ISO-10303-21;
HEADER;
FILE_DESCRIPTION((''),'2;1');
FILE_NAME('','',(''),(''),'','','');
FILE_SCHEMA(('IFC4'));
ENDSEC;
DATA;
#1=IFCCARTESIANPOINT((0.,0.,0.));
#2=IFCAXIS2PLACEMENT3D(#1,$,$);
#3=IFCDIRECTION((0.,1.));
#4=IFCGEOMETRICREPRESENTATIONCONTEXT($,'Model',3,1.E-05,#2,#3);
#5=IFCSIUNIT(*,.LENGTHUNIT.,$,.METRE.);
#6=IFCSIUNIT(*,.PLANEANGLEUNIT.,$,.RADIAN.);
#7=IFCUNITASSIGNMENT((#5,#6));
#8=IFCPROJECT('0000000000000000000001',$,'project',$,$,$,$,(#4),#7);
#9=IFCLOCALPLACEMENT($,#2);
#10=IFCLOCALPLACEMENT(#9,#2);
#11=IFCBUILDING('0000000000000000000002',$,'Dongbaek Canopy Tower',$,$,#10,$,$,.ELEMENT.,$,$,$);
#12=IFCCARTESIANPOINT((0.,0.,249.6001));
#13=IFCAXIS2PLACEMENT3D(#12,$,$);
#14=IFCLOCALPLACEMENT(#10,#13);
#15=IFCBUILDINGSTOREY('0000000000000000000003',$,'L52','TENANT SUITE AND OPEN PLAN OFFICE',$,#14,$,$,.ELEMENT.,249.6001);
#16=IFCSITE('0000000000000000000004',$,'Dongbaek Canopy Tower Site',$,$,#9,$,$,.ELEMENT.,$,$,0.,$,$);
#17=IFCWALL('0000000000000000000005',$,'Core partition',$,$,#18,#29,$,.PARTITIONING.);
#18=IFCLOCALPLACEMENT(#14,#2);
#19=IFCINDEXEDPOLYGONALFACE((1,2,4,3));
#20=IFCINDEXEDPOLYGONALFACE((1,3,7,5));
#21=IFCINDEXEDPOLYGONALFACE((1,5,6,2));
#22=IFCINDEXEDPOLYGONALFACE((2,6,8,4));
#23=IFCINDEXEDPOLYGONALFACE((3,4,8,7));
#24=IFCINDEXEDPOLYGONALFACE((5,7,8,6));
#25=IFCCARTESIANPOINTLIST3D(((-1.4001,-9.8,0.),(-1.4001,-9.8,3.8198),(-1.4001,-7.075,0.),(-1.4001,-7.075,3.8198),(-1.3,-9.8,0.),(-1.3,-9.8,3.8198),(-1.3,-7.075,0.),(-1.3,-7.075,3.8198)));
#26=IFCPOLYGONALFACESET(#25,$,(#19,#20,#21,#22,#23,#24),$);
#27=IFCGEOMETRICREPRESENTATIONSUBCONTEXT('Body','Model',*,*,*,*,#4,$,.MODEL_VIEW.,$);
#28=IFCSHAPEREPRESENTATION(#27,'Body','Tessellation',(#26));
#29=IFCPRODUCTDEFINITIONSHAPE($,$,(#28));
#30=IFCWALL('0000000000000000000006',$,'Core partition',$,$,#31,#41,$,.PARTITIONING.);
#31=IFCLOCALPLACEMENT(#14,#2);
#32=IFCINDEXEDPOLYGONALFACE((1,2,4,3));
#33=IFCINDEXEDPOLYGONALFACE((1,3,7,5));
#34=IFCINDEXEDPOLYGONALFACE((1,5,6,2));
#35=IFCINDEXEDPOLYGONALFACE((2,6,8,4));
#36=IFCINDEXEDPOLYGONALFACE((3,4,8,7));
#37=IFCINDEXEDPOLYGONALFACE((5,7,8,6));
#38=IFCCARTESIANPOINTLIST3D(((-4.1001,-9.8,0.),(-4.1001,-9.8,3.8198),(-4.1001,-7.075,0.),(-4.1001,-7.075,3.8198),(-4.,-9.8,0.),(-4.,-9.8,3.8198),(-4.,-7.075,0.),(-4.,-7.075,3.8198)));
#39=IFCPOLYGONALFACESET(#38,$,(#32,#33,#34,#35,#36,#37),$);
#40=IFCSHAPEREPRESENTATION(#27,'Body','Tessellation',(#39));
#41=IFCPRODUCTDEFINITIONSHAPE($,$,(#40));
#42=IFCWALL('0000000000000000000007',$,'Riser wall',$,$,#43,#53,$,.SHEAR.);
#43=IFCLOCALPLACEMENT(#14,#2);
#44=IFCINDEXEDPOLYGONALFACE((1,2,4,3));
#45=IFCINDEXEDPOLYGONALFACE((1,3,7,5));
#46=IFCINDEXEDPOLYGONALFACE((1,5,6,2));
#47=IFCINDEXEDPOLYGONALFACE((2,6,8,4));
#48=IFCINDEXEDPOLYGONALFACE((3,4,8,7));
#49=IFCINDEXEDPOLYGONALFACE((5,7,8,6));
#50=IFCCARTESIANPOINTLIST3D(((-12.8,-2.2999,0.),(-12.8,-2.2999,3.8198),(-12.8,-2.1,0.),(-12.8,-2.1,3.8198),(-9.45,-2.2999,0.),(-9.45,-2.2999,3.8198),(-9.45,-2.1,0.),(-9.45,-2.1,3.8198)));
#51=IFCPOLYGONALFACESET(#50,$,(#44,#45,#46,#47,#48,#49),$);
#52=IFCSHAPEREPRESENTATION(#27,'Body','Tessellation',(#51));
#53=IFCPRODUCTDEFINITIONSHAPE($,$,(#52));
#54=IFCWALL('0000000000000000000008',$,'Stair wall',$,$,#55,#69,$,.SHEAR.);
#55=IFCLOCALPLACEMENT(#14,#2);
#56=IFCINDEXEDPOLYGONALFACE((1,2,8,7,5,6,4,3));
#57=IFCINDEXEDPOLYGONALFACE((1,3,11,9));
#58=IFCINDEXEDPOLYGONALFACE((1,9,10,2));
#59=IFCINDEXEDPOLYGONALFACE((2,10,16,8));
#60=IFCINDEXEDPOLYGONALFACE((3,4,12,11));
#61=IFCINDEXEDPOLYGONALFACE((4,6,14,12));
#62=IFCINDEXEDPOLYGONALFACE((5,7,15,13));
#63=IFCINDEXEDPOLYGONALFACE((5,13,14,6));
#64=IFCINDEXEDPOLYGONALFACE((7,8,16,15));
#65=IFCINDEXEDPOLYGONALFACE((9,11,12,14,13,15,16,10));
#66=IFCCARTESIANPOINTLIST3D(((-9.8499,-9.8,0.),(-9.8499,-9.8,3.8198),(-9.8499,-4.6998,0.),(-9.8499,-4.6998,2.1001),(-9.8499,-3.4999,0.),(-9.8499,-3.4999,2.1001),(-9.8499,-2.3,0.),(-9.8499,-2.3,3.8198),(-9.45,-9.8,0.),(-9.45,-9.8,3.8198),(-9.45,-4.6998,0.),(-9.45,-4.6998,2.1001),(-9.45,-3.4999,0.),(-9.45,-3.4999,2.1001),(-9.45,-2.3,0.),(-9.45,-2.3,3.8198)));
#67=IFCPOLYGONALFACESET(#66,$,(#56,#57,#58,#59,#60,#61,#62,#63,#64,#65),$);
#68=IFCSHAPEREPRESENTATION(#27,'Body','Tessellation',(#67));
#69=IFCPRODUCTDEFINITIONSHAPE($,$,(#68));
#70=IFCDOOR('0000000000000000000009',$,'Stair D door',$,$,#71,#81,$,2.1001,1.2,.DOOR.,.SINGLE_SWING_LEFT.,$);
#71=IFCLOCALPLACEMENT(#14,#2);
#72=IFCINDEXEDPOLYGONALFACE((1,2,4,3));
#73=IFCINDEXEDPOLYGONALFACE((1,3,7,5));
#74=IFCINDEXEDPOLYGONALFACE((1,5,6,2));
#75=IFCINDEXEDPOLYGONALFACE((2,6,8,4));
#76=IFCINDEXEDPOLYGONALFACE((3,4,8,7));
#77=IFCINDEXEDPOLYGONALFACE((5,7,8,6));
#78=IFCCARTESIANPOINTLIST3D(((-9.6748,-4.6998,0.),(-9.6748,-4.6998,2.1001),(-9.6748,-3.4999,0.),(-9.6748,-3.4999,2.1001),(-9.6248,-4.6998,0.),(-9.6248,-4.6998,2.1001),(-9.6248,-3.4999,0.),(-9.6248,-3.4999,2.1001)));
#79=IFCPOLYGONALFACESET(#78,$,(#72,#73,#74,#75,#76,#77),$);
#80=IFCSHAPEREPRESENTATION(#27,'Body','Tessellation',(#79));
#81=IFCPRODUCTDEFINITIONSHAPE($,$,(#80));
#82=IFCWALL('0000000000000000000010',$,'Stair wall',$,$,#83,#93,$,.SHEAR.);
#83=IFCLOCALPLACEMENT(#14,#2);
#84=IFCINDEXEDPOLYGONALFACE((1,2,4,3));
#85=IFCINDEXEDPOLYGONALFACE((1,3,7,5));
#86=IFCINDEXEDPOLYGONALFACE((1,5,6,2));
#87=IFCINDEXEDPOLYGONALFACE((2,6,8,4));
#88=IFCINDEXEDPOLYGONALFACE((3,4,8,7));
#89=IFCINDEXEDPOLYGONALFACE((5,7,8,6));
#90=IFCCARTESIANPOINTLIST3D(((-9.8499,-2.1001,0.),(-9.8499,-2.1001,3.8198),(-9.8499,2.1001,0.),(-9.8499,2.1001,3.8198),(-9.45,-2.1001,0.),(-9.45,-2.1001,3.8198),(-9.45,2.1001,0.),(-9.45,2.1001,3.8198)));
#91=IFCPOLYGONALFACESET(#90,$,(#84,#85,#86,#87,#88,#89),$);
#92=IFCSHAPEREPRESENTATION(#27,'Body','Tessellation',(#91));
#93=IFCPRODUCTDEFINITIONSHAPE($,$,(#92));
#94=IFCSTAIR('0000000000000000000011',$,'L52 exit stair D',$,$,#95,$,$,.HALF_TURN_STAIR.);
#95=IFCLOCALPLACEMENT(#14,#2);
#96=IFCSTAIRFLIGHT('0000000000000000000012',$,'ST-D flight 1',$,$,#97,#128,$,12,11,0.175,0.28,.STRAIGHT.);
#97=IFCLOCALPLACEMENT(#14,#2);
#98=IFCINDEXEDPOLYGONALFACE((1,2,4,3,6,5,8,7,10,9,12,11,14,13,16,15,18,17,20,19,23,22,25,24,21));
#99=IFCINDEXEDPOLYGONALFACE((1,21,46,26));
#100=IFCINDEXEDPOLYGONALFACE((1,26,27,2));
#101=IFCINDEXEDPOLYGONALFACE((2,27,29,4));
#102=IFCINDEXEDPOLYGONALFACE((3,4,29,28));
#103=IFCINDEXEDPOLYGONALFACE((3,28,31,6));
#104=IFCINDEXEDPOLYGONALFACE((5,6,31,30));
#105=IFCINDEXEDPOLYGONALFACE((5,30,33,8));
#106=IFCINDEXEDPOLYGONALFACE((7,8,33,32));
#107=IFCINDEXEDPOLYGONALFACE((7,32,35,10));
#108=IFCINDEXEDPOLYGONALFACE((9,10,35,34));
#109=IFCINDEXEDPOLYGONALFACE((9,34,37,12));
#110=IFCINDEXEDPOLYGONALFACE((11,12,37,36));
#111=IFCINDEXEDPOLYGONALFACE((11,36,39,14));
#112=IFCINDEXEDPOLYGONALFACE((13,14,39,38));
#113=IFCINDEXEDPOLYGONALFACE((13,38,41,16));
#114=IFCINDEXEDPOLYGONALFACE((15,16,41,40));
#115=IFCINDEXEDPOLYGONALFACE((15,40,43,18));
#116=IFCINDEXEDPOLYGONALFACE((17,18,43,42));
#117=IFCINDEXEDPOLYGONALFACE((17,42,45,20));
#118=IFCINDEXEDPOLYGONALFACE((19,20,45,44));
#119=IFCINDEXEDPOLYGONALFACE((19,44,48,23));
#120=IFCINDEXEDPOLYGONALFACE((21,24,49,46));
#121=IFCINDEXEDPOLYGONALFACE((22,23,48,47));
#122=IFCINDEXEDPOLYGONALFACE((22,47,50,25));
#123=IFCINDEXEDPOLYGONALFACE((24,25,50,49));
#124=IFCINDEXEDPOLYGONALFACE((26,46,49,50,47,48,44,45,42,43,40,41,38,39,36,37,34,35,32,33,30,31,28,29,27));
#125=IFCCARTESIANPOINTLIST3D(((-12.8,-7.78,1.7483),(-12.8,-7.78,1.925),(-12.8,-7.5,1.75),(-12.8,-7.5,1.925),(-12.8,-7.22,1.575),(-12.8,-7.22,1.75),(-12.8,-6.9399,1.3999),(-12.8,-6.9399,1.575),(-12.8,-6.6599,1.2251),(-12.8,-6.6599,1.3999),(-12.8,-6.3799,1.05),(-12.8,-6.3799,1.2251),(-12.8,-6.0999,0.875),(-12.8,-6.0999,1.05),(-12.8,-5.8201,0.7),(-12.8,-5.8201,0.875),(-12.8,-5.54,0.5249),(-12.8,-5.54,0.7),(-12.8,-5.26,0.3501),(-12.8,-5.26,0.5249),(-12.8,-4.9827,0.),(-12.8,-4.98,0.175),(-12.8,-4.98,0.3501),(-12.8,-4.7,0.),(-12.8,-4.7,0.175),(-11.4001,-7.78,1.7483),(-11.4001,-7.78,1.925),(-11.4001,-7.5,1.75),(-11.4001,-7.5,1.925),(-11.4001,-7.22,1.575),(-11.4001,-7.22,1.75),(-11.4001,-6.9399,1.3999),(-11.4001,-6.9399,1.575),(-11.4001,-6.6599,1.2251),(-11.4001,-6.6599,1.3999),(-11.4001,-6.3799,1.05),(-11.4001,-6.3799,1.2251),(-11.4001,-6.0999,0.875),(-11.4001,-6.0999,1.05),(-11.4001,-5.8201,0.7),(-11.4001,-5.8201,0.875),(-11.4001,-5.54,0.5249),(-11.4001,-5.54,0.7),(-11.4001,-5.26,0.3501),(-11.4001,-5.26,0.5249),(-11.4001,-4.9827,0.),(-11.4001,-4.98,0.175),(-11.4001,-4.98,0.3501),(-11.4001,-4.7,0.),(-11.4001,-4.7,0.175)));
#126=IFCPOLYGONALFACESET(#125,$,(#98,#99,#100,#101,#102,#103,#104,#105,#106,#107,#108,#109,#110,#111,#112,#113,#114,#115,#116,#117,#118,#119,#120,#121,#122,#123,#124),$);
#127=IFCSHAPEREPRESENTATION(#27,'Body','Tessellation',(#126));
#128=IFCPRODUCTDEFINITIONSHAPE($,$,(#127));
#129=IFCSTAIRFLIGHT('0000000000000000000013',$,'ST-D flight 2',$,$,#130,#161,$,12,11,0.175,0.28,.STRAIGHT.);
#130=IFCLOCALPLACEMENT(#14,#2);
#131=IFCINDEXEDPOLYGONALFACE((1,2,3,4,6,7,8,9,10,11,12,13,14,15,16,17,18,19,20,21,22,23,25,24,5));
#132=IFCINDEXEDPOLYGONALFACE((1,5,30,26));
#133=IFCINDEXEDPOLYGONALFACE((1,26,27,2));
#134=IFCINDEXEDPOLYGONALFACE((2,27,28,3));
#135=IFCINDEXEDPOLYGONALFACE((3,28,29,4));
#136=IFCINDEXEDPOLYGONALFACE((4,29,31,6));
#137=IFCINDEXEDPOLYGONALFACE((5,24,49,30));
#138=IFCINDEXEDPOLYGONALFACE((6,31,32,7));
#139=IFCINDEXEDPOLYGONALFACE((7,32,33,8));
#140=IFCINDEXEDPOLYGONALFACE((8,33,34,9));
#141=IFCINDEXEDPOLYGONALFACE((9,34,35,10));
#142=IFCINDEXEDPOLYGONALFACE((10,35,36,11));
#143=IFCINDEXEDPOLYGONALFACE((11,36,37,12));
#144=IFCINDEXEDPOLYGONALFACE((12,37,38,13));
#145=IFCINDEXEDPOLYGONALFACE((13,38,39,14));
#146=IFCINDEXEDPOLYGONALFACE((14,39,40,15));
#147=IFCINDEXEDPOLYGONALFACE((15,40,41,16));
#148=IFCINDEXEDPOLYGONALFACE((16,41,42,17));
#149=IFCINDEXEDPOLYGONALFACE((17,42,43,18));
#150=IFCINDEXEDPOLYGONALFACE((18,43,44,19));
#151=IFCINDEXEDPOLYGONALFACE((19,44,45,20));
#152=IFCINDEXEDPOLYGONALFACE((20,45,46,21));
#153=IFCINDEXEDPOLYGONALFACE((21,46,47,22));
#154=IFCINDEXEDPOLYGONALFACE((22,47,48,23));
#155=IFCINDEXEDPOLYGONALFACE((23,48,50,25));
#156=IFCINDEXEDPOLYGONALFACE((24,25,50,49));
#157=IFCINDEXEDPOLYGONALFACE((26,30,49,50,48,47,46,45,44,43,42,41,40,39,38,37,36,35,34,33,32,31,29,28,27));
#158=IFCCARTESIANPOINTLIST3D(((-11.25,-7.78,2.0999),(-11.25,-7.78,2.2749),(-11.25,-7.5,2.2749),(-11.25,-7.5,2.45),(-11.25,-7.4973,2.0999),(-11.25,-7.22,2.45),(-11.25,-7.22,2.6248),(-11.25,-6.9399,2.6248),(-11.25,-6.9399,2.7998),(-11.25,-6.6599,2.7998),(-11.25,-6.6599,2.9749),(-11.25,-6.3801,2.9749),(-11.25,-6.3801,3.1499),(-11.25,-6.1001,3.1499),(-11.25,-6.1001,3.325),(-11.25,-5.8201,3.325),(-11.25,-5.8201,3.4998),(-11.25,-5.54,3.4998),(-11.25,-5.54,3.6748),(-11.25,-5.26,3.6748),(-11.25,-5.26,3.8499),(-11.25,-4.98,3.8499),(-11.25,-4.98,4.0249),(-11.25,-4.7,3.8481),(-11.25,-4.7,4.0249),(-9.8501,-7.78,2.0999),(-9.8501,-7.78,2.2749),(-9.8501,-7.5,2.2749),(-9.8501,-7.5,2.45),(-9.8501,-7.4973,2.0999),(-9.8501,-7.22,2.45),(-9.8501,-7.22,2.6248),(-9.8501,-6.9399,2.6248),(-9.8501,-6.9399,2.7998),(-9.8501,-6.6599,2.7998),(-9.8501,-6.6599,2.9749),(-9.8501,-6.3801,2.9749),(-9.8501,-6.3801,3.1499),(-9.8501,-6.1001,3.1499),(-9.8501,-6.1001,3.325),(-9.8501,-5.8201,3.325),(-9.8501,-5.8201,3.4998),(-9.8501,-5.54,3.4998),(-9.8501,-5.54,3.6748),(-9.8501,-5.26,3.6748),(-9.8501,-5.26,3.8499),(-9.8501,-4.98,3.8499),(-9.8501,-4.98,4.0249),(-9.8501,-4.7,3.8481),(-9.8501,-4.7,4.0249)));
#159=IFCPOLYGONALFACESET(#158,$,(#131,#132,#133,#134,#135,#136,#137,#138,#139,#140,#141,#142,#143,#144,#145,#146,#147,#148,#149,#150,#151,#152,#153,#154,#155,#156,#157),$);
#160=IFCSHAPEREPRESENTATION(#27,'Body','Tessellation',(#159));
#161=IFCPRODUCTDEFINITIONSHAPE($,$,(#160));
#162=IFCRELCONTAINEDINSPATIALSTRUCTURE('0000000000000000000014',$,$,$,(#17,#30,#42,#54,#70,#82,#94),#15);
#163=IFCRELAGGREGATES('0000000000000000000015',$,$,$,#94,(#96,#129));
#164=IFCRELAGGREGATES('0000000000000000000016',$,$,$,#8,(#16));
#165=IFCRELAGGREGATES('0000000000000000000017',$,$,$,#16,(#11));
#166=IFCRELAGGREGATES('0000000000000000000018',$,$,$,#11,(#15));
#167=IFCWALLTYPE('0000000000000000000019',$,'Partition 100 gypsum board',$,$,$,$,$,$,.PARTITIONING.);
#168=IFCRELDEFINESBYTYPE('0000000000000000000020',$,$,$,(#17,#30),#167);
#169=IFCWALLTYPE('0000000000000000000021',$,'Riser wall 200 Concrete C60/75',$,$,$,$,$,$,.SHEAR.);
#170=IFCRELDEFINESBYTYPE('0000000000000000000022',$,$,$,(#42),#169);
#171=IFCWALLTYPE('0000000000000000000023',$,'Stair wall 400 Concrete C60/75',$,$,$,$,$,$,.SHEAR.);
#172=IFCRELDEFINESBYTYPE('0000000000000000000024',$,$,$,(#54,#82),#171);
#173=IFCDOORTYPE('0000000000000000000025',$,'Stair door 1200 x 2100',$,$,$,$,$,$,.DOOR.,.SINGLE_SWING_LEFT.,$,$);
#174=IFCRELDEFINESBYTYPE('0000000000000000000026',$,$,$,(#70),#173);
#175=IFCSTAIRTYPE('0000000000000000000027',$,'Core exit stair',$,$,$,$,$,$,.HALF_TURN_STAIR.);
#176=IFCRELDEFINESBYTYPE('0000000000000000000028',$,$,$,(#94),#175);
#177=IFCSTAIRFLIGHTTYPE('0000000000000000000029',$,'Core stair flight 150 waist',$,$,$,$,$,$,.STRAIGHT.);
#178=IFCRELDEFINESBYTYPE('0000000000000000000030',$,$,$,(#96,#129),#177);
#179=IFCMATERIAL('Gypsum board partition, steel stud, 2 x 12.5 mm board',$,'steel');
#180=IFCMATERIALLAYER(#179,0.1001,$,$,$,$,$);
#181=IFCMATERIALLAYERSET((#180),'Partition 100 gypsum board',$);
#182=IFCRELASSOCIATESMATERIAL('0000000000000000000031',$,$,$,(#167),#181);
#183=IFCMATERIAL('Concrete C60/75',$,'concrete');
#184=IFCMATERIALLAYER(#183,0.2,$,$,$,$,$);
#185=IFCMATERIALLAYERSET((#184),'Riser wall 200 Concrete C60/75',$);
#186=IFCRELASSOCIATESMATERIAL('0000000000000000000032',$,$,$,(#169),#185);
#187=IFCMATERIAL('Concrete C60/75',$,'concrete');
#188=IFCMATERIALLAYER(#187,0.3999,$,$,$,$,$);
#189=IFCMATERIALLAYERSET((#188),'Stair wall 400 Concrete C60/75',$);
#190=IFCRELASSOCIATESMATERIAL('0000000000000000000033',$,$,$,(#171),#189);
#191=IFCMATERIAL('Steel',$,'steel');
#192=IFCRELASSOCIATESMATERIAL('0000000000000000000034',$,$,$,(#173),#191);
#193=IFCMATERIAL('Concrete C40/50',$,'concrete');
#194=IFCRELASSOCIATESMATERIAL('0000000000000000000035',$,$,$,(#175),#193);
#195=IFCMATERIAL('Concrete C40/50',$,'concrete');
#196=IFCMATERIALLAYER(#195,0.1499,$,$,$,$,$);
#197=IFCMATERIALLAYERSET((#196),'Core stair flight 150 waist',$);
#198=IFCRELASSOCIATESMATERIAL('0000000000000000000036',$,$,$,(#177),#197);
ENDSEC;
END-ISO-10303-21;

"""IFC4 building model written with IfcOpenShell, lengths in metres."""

from ifc_helpers import new_model, si_unit, direction, frame, frame_2d, origin, place, context, subcontext, project, spatial, polyline, rectangle, outline, extrude, material, layer, layer_set, type_object, element, fill, aggregate, save


model = new_model("IFC4")

# Units and contexts
model_context = context("Model", 3, precision=1e-05, world=origin(), true_north=direction((0.0, 1.0)))
body_context = subcontext(model_context, "Body", "Model", "MODEL_VIEW")
ifc_project = project(units=[si_unit("LENGTHUNIT", "METRE"), si_unit("PLANEANGLEUNIT", "RADIAN")], contexts=[model_context])

# Site, building, storey
site_placement = place(None, origin())
site = spatial("IfcSite", under=ifc_project, at=site_placement, Name="Dongbaek Canopy Tower Site", CompositionType="ELEMENT", RefElevation=0.0)
building_placement = place(site_placement, origin())
building = spatial("IfcBuilding", under=site, at=building_placement, Name="Dongbaek Canopy Tower", CompositionType="ELEMENT")
storey_placement = place(building_placement, frame((0.0, 0.0, 249.6001)))
storey = spatial("IfcBuildingStorey", under=building, at=storey_placement, Name="L52", Description="TENANT SUITE AND OPEN PLAN OFFICE", CompositionType="ELEMENT", Elevation=249.6001)

# Walls
ifc_material_1 = material(Name="Gypsum board partition, steel stud, 2 x 12.5 mm board", Category="steel")
ifc_layer_1 = layer(ifc_material_1, 0.1001)
ifc_layer_set_1 = layer_set([ifc_layer_1], Name="Partition 100 gypsum board")
wall_type_1 = type_object("IfcWallType", Name="Partition 100 gypsum board", PredefinedType="PARTITIONING", material=ifc_layer_set_1)
for number, where, z_axis, x_axis, name in (
    (1, (-1.3501, -9.8, 0.0), (0.0, 0.0, 1.0), (0.0, 1.0, 0.0), "Core partition"),
    (2, (-4.05, -9.8, 0.0), (0.0, 0.0, 1.0), (0.0, 1.0, 0.0), "Core partition"),
):
    element("IfcWall", number, at=place(storey_placement, frame(where, z_axis=z_axis, x_axis=x_axis)), inside=storey, type_object=wall_type_1, Name=name, PredefinedType="PARTITIONING", context=body_context, shape_type="SweptSolid", body=[
        extrude(rectangle(XDim=2.7251, YDim=0.1001, at=frame_2d((1.3625, 0.0))), origin(), (0.0, 0.0, 1.0), 3.8198),
    ])
ifc_material_2 = material(Name="Concrete C60/75", Category="concrete")
ifc_layer_2 = layer(ifc_material_2, 0.2)
ifc_layer_set_2 = layer_set([ifc_layer_2], Name="Riser wall 200 Concrete C60/75")
wall_type_2 = type_object("IfcWallType", Name="Riser wall 200 Concrete C60/75", PredefinedType="SHEAR", material=ifc_layer_set_2)
wall_1_placement = place(storey_placement, frame((-9.45, -2.2, 0.0), z_axis=(0.0, 0.0, 1.0), x_axis=(-1.0, 0.0, 0.0)))
element("IfcWall", 3, at=wall_1_placement, inside=storey, type_object=wall_type_2, Name="Riser wall", PredefinedType="SHEAR", context=body_context, shape_type="SweptSolid", body=[
    extrude(rectangle(XDim=3.3501, YDim=0.2, at=frame_2d((1.675, 0.0))), origin(), (0.0, 0.0, 1.0), 3.8198),
])

# Wall, opening, door
ifc_material_3 = material(Name="Concrete C60/75", Category="concrete")
ifc_layer_3 = layer(ifc_material_3, 0.3999)
ifc_layer_set_3 = layer_set([ifc_layer_3], Name="Stair wall 400 Concrete C60/75")
wall_type_3 = type_object("IfcWallType", Name="Stair wall 400 Concrete C60/75", PredefinedType="SHEAR", material=ifc_layer_set_3)
wall_2_placement = place(storey_placement, frame((-9.6499, -9.8, 0.0), z_axis=(0.0, 0.0, 1.0), x_axis=(0.0, 1.0, 0.0)))
wall_2 = element("IfcWall", 4, at=wall_2_placement, inside=storey, type_object=wall_type_3, Name="Stair wall", PredefinedType="SHEAR", context=body_context, shape_type="SweptSolid", body=[
    extrude(rectangle(XDim=7.5, YDim=0.3999, at=frame_2d((3.75, 0.0))), origin(), (0.0, 0.0, 1.0), 3.8198),
])
opening_1_placement = place(wall_2_placement, frame((5.1001, 0.0, 0.0)))
opening_1 = element("IfcOpeningElement", 5, at=opening_1_placement, cuts=wall_2, PredefinedType="OPENING", context=body_context, shape_type="SweptSolid", body=[
    extrude(rectangle(XDim=1.2, YDim=2.1001, at=frame_2d((0.6001, 1.05))), frame((0.0, 0.21, 0.0), z_axis=(0.0, -1.0, 0.0), x_axis=(1.0, 0.0, 0.0)), (0.0, 0.0, 1.0), 0.4199),
])
ifc_material_4 = material(Name="Steel", Category="steel")
door_type_1 = type_object("IfcDoorType", Name="Stair door 1200 x 2100", OperationType="SINGLE_SWING_LEFT", PredefinedType="DOOR", material=ifc_material_4)
door_1_placement = place(opening_1_placement, origin())
door_1 = element("IfcDoor", 6, at=door_1_placement, inside=storey, type_object=door_type_1, Name="Stair D door", OperationType="SINGLE_SWING_LEFT", OverallHeight=2.1001, OverallWidth=1.2, PredefinedType="DOOR", context=body_context, shape_type="SweptSolid", body=[
    extrude(rectangle(XDim=1.2, YDim=2.1001, at=frame_2d((0.6001, 1.05))), frame((0.0, 0.0249, 0.0), z_axis=(0.0, -1.0, 0.0), x_axis=(1.0, 0.0, 0.0)), (0.0, 0.0, 1.0), 0.05),
])
fill(opening_1, door_1)

# Wall
wall_3_placement = place(storey_placement, frame((-9.6499, -2.1001, 0.0), z_axis=(0.0, 0.0, 1.0), x_axis=(0.0, 1.0, 0.0)))
element("IfcWall", 7, at=wall_3_placement, inside=storey, type_object=wall_type_3, Name="Stair wall", PredefinedType="SHEAR", context=body_context, shape_type="SweptSolid", body=[
    extrude(rectangle(XDim=4.2002, YDim=0.3999, at=frame_2d((2.1001, 0.0))), origin(), (0.0, 0.0, 1.0), 3.8198),
])

# Stair, stair flights
ifc_material_5 = material(Name="Concrete C40/50", Category="concrete")
stair_type = type_object("IfcStairType", Name="Core exit stair", PredefinedType="HALF_TURN_STAIR", material=ifc_material_5)
stair_placement = place(storey_placement, origin())
stair = element("IfcStair", 8, at=stair_placement, inside=storey, type_object=stair_type, Name="L52 exit stair D", PredefinedType="HALF_TURN_STAIR")
ifc_material_6 = material(Name="Concrete C40/50", Category="concrete")
ifc_layer_4 = layer(ifc_material_6, 0.1499)
ifc_layer_set_4 = layer_set([ifc_layer_4], Name="Core stair flight 150 waist")
stair_flight_type = type_object("IfcStairFlightType", Name="Core stair flight 150 waist", PredefinedType="STRAIGHT", material=ifc_layer_set_4)
stair_flight_1_placement = place(storey_placement, frame((-12.1001, -4.7, 0.0), z_axis=(0.0, 0.0, 1.0), x_axis=(0.0, -1.0, 0.0)))
stair_flight_1 = element("IfcStairFlight", 9, at=stair_flight_1_placement, type_object=stair_flight_type, Name="ST-D flight 1", NumberOfRisers=12, NumberOfTreads=11, PredefinedType="STRAIGHT", RiserHeight=0.175, TreadLength=0.28, context=body_context, shape_type="SweptSolid", body=[
    extrude(outline(polyline([(0.0, 0.0), (0.0, 0.175), (0.28, 0.175), (0.28, 0.3501), (0.5601, 0.3501), (0.5601, 0.5249), (0.8401, 0.5249), (0.8401, 0.7), (1.1201, 0.7), (1.1201, 0.875), (1.3999, 0.875), (1.3999, 1.05), (1.6799, 1.05), (1.6799, 1.2251), (1.96, 1.2251), (1.96, 1.3999), (2.24, 1.3999), (2.24, 1.575), (2.52, 1.575), (2.52, 1.75), (2.8, 1.75), (2.8, 1.925), (3.0801, 1.925), (3.0801, 2.1001), (3.0801, 1.7483), (0.2827, 0.0), (0.0, 0.0)])), frame((0.0, 0.7, 0.0), z_axis=(0.0, -1.0, 0.0), x_axis=(1.0, 0.0, 0.0)), (0.0, 0.0, 1.0), 1.3999),
])
stair_flight_2_placement = place(storey_placement, frame((-10.55, -7.78, 2.0999), z_axis=(0.0, 0.0, 1.0), x_axis=(0.0, 1.0, 0.0)))
stair_flight_2 = element("IfcStairFlight", 10, at=stair_flight_2_placement, type_object=stair_flight_type, Name="ST-D flight 2", NumberOfRisers=12, NumberOfTreads=11, PredefinedType="STRAIGHT", RiserHeight=0.175, TreadLength=0.28, context=body_context, shape_type="SweptSolid", body=[
    extrude(outline(polyline([(0.0, 0.0), (0.0, 0.175), (0.28, 0.175), (0.28, 0.3501), (0.5601, 0.3501), (0.5601, 0.5249), (0.8401, 0.5249), (0.8401, 0.7), (1.1201, 0.7), (1.1201, 0.875), (1.3999, 0.875), (1.3999, 1.05), (1.6799, 1.05), (1.6799, 1.2251), (1.96, 1.2251), (1.96, 1.3999), (2.24, 1.3999), (2.24, 1.575), (2.52, 1.575), (2.52, 1.75), (2.8, 1.75), (2.8, 1.925), (3.0801, 1.925), (3.0801, 2.1001), (3.0801, 1.7483), (0.2827, 0.0), (0.0, 0.0)])), frame((0.0, 0.7, 0.0), z_axis=(0.0, -1.0, 0.0), x_axis=(1.0, 0.0, 0.0)), (0.0, 0.0, 1.0), 1.3999),
])
aggregate(stair, [stair_flight_1, stair_flight_2])

save(model, "model.ifc")
